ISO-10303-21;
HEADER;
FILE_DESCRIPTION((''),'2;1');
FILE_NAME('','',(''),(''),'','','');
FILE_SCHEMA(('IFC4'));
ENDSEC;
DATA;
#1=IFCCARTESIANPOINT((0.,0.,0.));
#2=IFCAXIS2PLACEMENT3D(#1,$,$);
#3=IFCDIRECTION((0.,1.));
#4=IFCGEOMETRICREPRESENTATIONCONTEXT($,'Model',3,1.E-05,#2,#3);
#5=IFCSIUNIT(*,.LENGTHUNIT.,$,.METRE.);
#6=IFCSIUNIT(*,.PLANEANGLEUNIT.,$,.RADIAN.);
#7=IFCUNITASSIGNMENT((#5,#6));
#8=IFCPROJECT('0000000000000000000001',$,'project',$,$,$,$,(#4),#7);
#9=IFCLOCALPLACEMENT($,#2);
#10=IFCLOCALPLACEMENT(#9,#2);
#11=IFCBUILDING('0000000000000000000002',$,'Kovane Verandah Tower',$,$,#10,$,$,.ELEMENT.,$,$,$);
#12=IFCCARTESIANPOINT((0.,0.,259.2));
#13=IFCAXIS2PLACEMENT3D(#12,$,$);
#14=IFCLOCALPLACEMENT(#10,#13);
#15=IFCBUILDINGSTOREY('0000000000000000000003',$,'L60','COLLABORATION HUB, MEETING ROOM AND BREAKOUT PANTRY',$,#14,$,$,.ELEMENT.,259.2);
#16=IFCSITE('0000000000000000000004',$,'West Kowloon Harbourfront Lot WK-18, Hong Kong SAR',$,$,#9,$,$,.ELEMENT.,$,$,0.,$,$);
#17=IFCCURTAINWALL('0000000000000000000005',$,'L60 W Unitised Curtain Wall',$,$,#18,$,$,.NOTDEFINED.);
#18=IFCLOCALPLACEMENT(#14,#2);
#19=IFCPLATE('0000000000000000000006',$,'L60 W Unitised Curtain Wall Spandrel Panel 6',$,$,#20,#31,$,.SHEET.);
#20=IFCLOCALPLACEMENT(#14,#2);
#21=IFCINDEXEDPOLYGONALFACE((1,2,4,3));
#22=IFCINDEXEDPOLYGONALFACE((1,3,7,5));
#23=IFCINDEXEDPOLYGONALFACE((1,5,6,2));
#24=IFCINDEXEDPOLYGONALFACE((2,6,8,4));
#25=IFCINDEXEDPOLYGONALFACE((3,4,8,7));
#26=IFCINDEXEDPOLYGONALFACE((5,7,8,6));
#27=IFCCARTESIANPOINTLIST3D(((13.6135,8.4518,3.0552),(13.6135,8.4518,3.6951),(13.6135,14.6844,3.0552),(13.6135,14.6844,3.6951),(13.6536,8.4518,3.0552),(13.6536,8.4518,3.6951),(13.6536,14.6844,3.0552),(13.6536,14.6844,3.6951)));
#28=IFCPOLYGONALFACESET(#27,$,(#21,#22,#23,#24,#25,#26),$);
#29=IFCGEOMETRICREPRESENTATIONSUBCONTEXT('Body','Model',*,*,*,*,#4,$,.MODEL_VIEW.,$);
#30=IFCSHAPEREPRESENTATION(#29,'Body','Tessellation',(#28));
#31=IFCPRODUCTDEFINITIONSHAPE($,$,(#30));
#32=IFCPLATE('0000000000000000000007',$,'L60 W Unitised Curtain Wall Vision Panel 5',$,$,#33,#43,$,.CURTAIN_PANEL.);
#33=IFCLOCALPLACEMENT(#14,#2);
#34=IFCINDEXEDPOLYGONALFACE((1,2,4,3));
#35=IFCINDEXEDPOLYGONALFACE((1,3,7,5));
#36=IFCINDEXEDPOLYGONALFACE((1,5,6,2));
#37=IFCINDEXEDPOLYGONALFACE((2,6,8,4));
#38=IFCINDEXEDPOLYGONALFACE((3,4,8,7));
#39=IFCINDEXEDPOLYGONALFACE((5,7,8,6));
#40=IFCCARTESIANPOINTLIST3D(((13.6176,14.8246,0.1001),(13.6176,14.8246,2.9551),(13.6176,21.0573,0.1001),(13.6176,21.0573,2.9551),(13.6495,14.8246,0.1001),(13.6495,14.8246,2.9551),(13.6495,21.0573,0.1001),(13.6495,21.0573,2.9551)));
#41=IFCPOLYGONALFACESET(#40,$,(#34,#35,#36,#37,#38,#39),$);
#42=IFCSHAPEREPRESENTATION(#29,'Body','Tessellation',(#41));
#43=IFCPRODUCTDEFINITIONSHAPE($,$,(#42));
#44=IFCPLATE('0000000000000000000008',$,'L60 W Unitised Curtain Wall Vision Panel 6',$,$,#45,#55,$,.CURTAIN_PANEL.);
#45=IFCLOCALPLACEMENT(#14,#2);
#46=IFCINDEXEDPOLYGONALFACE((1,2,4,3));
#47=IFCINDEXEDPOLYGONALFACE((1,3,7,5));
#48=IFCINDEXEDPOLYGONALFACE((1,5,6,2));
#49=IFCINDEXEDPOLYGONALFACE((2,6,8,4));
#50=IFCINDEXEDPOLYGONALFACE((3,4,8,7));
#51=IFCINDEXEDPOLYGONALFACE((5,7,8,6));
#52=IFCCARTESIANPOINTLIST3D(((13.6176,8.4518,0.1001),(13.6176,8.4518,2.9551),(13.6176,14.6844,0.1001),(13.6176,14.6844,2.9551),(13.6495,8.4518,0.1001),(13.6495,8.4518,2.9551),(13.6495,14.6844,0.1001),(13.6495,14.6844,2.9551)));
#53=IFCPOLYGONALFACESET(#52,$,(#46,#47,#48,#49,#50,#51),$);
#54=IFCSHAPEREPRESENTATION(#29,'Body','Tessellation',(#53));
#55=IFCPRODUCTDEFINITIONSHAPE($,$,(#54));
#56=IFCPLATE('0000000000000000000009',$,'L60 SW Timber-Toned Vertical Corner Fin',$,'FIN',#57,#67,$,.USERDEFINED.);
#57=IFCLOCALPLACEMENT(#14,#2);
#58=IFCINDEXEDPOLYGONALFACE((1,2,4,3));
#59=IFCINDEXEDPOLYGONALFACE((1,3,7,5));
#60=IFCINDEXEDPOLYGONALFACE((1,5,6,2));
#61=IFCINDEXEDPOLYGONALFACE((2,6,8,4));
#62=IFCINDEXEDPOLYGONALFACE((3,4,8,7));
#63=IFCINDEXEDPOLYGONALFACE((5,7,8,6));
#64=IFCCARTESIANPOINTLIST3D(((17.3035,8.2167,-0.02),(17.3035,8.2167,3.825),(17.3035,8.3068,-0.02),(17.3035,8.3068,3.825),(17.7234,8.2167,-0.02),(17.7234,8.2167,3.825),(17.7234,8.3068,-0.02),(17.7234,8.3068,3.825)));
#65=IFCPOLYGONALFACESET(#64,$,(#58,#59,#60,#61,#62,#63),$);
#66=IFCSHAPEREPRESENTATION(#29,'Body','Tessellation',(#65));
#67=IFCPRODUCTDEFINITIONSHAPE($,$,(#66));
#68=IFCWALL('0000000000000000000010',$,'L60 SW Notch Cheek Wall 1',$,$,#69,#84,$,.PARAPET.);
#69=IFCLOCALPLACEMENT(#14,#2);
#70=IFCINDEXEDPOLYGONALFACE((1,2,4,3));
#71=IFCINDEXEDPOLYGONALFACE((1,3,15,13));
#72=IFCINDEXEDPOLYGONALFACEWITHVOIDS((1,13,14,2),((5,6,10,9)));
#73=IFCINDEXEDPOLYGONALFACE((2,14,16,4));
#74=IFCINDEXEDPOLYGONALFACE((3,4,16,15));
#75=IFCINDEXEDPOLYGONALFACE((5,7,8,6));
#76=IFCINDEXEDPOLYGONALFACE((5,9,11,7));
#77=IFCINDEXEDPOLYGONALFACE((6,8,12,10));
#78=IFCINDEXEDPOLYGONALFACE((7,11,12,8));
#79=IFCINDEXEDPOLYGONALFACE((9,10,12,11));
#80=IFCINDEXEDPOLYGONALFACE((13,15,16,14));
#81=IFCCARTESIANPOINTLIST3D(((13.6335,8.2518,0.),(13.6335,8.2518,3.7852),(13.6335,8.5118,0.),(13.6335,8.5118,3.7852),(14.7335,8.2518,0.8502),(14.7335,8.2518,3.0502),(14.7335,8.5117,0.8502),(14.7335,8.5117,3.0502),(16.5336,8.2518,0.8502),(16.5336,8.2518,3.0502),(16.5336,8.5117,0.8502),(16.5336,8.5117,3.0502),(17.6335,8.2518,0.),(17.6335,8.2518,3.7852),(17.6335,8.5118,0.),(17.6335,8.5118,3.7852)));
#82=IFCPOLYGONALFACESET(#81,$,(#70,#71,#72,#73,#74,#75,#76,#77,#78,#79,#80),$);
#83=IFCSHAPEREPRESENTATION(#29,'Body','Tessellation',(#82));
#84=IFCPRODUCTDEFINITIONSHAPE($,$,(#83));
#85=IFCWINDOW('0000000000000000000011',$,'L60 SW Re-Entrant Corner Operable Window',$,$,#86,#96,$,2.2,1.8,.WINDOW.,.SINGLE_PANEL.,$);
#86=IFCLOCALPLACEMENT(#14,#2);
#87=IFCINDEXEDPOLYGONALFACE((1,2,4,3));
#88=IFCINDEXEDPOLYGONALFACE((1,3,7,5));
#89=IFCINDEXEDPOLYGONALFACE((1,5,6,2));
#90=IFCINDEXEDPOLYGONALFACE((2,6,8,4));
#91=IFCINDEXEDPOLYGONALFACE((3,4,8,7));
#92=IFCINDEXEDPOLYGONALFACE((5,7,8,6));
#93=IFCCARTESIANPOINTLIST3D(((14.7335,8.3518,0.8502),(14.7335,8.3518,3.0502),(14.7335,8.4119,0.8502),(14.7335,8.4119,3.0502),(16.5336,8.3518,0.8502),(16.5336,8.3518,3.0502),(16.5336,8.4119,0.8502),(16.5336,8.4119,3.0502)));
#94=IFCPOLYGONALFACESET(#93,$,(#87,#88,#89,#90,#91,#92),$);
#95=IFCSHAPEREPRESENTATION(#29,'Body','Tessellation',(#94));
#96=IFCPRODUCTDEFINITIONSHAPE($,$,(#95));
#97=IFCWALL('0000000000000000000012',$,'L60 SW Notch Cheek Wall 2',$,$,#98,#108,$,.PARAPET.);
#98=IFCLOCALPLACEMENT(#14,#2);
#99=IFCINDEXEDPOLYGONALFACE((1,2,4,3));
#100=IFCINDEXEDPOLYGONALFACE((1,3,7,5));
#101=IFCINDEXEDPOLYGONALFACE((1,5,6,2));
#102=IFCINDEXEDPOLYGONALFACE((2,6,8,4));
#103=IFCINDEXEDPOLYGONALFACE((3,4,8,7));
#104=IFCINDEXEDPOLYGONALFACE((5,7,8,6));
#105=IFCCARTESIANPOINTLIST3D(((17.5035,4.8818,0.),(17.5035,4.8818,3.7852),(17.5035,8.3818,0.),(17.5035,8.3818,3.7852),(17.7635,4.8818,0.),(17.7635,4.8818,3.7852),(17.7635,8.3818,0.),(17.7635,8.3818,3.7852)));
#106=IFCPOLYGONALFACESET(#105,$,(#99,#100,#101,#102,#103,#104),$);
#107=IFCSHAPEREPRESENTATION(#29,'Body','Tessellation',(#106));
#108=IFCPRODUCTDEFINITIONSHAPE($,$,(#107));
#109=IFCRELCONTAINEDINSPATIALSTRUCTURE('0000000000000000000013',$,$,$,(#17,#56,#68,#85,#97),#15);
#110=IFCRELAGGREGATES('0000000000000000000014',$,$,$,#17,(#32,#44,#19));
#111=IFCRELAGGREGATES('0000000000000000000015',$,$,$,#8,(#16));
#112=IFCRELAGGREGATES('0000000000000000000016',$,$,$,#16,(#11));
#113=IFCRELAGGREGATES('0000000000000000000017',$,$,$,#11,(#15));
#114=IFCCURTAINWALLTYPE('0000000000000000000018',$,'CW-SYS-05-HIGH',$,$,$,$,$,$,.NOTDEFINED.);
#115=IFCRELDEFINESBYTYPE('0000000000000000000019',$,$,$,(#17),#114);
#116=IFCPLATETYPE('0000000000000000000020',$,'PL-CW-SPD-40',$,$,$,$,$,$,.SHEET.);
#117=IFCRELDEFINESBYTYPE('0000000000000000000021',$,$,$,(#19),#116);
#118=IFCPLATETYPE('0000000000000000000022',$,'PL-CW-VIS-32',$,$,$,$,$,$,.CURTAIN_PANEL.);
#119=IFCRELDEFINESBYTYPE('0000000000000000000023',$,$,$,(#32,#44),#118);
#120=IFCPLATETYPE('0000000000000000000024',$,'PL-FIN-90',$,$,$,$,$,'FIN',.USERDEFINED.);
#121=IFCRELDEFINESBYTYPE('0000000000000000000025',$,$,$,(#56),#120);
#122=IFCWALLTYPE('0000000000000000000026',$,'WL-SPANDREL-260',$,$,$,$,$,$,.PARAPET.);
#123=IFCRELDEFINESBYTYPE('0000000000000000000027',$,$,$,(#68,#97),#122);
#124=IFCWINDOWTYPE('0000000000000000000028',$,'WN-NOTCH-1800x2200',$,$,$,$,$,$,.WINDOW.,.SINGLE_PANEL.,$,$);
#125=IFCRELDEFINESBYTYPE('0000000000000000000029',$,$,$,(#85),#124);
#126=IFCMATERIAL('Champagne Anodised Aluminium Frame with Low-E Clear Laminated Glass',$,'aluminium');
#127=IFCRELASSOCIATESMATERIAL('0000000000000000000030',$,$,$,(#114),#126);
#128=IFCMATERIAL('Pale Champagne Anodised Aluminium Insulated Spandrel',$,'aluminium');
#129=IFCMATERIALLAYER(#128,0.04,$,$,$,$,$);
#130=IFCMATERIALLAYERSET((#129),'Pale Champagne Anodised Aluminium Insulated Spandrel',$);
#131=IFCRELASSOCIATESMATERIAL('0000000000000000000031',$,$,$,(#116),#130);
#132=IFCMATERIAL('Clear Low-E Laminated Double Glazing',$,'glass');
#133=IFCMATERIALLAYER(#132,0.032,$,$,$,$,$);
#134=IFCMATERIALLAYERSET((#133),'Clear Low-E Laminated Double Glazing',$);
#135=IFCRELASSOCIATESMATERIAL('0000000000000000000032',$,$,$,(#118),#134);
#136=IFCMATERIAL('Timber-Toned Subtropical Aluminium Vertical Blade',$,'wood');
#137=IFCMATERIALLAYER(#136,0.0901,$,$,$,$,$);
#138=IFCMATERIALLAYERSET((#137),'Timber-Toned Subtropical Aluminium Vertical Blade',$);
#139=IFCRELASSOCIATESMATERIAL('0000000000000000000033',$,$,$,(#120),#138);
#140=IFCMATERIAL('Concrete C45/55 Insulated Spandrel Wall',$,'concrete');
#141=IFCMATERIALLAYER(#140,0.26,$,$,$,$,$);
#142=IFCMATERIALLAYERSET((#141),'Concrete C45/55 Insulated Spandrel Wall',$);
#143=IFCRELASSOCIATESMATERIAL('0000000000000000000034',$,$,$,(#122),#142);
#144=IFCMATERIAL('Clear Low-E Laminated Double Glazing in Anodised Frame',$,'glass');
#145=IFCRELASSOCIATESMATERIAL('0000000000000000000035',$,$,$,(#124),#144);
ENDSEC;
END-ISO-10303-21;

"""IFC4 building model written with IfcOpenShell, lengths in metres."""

from ifc_helpers import new_model, si_unit, direction, frame, frame_2d, origin, origin_2d, place, context, subcontext, project, spatial, rectangle, extrude, material, layer, layer_set, type_object, element, fill, aggregate, save


model = new_model("IFC4")

# Units and contexts
model_context = context("Model", 3, precision=1e-05, world=origin(), true_north=direction((0.0, 1.0)))
body_context = subcontext(model_context, "Body", "Model", "MODEL_VIEW")
ifc_project = project(units=[si_unit("LENGTHUNIT", "METRE"), si_unit("PLANEANGLEUNIT", "RADIAN")], contexts=[model_context])

# Site, building, storey
site_placement = place(None, origin())
site = spatial("IfcSite", under=ifc_project, at=site_placement, Name="West Kowloon Harbourfront Lot WK-18, Hong Kong SAR", CompositionType="ELEMENT", RefElevation=0.0)
building_placement = place(site_placement, origin())
building = spatial("IfcBuilding", under=site, at=building_placement, Name="Kovane Verandah Tower", CompositionType="ELEMENT")
storey_placement = place(building_placement, frame((0.0, 0.0, 259.2)))
storey = spatial("IfcBuildingStorey", under=building, at=storey_placement, Name="L60", Description="COLLABORATION HUB, MEETING ROOM AND BREAKOUT PANTRY", CompositionType="ELEMENT", Elevation=259.2)

# Curtain wall, plates
ifc_material_1 = material(Name="Champagne Anodised Aluminium Frame with Low-E Clear Laminated Glass", Category="aluminium")
curtain_wall_type = type_object("IfcCurtainWallType", Name="CW-SYS-05-HIGH", PredefinedType="NOTDEFINED", material=ifc_material_1)
curtain_wall_placement = place(storey_placement, origin())
curtain_wall = element("IfcCurtainWall", 1, at=curtain_wall_placement, inside=storey, type_object=curtain_wall_type, Name="L60 W Unitised Curtain Wall", PredefinedType="NOTDEFINED")
ifc_material_2 = material(Name="Pale Champagne Anodised Aluminium Insulated Spandrel", Category="aluminium")
ifc_layer_1 = layer(ifc_material_2, 0.04)
ifc_layer_set_1 = layer_set([ifc_layer_1], Name="Pale Champagne Anodised Aluminium Insulated Spandrel")
plate_type_1 = type_object("IfcPlateType", Name="PL-CW-SPD-40", PredefinedType="SHEET", material=ifc_layer_set_1)
plate_1_placement = place(storey_placement, frame((13.6335, 11.5681, 3.0552), z_axis=(0.0, 0.0, 1.0), x_axis=(0.0, -1.0, 0.0)))
plate_1 = element("IfcPlate", 2, at=plate_1_placement, type_object=plate_type_1, Name="L60 W Unitised Curtain Wall Spandrel Panel 6", PredefinedType="SHEET", context=body_context, shape_type="SweptSolid", body=[
    extrude(rectangle(XDim=6.2327, YDim=0.04, at=origin_2d()), origin(), (0.0, 0.0, 1.0), 0.6399),
])
ifc_material_3 = material(Name="Clear Low-E Laminated Double Glazing", Category="glass")
ifc_layer_2 = layer(ifc_material_3, 0.032)
ifc_layer_set_2 = layer_set([ifc_layer_2], Name="Clear Low-E Laminated Double Glazing")
plate_type_2 = type_object("IfcPlateType", Name="PL-CW-VIS-32", PredefinedType="CURTAIN_PANEL", material=ifc_layer_set_2)
plate_2_placement = place(storey_placement, frame((13.6335, 17.9409, 0.1001), z_axis=(0.0, 0.0, 1.0), x_axis=(0.0, -1.0, 0.0)))
plate_2 = element("IfcPlate", 3, at=plate_2_placement, type_object=plate_type_2, Name="L60 W Unitised Curtain Wall Vision Panel 5", PredefinedType="CURTAIN_PANEL", context=body_context, shape_type="SweptSolid", body=[
    extrude(rectangle(XDim=6.2327, YDim=0.032, at=origin_2d()), origin(), (0.0, 0.0, 1.0), 2.855),
])
plate_3_placement = place(storey_placement, frame((13.6335, 11.5681, 0.1001), z_axis=(0.0, 0.0, 1.0), x_axis=(0.0, -1.0, 0.0)))
plate_3 = element("IfcPlate", 4, at=plate_3_placement, type_object=plate_type_2, Name="L60 W Unitised Curtain Wall Vision Panel 6", PredefinedType="CURTAIN_PANEL", context=body_context, shape_type="SweptSolid", body=[
    extrude(rectangle(XDim=6.2327, YDim=0.032, at=origin_2d()), origin(), (0.0, 0.0, 1.0), 2.855),
])
aggregate(curtain_wall, [plate_2, plate_3, plate_1])

# Plate
ifc_material_4 = material(Name="Timber-Toned Subtropical Aluminium Vertical Blade", Category="wood")
ifc_layer_3 = layer(ifc_material_4, 0.0901)
ifc_layer_set_3 = layer_set([ifc_layer_3], Name="Timber-Toned Subtropical Aluminium Vertical Blade")
plate_type_3 = type_object("IfcPlateType", Name="PL-FIN-90", ElementType="FIN", PredefinedType="USERDEFINED", material=ifc_layer_set_3)
plate_4_placement = place(storey_placement, frame((17.5134, 8.2617, -0.02), z_axis=(0.0, 0.0, 1.0), x_axis=(1.0, 0.0, 0.0)))
element("IfcPlate", 5, at=plate_4_placement, inside=storey, type_object=plate_type_3, Name="L60 SW Timber-Toned Vertical Corner Fin", ObjectType="FIN", PredefinedType="USERDEFINED", context=body_context, shape_type="SweptSolid", body=[
    extrude(rectangle(XDim=0.4199, YDim=0.0901, at=origin_2d()), origin(), (0.0, 0.0, 1.0), 3.845),
])

# Shared definitions
ifc_material_5 = material(Name="Concrete C45/55 Insulated Spandrel Wall", Category="concrete")
ifc_layer_4 = layer(ifc_material_5, 0.26)
ifc_layer_set_4 = layer_set([ifc_layer_4], Name="Concrete C45/55 Insulated Spandrel Wall")
wall_type = type_object("IfcWallType", Name="WL-SPANDREL-260", PredefinedType="PARAPET", material=ifc_layer_set_4)
ifc_material_6 = material(Name="Clear Low-E Laminated Double Glazing in Anodised Frame", Category="glass")

# Wall, opening, window
wall_1_placement = place(storey_placement, frame((13.6335, 8.3818, 0.0), z_axis=(0.0, 0.0, 1.0), x_axis=(1.0, 0.0, 0.0)))
wall_1 = element("IfcWall", 6, at=wall_1_placement, inside=storey, type_object=wall_type, Name="L60 SW Notch Cheek Wall 1", PredefinedType="PARAPET", context=body_context, shape_type="SweptSolid", body=[
    extrude(rectangle(XDim=4.0, YDim=0.26, at=frame_2d((2.0, 0.0))), origin(), (0.0, 0.0, 1.0), 3.7852),
])
opening_1_placement = place(wall_1_placement, frame((1.1001, 0.0, 0.8501)))
opening_1 = element("IfcOpeningElement", 7, at=opening_1_placement, cuts=wall_1, PredefinedType="OPENING", context=body_context, shape_type="SweptSolid", body=[
    extrude(rectangle(XDim=1.8, YDim=2.2, at=frame_2d((0.8999, 1.1001))), frame((0.0, 0.1299, 0.0), z_axis=(0.0, -1.0, 0.0), x_axis=(1.0, 0.0, 0.0)), (0.0, 0.0, 1.0), 0.26),
])
window_type_1 = type_object("IfcWindowType", Name="WN-NOTCH-1800x2200", PartitioningType="SINGLE_PANEL", PredefinedType="WINDOW", material=ifc_material_6)
window_1_placement = place(opening_1_placement, origin())
window_1 = element("IfcWindow", 8, at=window_1_placement, inside=storey, type_object=window_type_1, Name="L60 SW Re-Entrant Corner Operable Window", OverallHeight=2.2, OverallWidth=1.8, PartitioningType="SINGLE_PANEL", PredefinedType="WINDOW", context=body_context, shape_type="SweptSolid", body=[
    extrude(rectangle(XDim=1.8, YDim=2.2, at=frame_2d((0.8999, 1.1001))), frame((0.0, 0.03, 0.0), z_axis=(0.0, -1.0, 0.0), x_axis=(1.0, 0.0, 0.0)), (0.0, 0.0, 1.0), 0.0601),
])
fill(opening_1, window_1)

# Wall
wall_2_placement = place(storey_placement, frame((17.6335, 8.3818, 0.0), z_axis=(0.0, 0.0, 1.0), x_axis=(0.0, -1.0, 0.0)))
element("IfcWall", 9, at=wall_2_placement, inside=storey, type_object=wall_type, Name="L60 SW Notch Cheek Wall 2", PredefinedType="PARAPET", context=body_context, shape_type="SweptSolid", body=[
    extrude(rectangle(XDim=3.5, YDim=0.26, at=frame_2d((1.75, 0.0))), origin(), (0.0, 0.0, 1.0), 3.7852),
])

save(model, "model.ifc")
